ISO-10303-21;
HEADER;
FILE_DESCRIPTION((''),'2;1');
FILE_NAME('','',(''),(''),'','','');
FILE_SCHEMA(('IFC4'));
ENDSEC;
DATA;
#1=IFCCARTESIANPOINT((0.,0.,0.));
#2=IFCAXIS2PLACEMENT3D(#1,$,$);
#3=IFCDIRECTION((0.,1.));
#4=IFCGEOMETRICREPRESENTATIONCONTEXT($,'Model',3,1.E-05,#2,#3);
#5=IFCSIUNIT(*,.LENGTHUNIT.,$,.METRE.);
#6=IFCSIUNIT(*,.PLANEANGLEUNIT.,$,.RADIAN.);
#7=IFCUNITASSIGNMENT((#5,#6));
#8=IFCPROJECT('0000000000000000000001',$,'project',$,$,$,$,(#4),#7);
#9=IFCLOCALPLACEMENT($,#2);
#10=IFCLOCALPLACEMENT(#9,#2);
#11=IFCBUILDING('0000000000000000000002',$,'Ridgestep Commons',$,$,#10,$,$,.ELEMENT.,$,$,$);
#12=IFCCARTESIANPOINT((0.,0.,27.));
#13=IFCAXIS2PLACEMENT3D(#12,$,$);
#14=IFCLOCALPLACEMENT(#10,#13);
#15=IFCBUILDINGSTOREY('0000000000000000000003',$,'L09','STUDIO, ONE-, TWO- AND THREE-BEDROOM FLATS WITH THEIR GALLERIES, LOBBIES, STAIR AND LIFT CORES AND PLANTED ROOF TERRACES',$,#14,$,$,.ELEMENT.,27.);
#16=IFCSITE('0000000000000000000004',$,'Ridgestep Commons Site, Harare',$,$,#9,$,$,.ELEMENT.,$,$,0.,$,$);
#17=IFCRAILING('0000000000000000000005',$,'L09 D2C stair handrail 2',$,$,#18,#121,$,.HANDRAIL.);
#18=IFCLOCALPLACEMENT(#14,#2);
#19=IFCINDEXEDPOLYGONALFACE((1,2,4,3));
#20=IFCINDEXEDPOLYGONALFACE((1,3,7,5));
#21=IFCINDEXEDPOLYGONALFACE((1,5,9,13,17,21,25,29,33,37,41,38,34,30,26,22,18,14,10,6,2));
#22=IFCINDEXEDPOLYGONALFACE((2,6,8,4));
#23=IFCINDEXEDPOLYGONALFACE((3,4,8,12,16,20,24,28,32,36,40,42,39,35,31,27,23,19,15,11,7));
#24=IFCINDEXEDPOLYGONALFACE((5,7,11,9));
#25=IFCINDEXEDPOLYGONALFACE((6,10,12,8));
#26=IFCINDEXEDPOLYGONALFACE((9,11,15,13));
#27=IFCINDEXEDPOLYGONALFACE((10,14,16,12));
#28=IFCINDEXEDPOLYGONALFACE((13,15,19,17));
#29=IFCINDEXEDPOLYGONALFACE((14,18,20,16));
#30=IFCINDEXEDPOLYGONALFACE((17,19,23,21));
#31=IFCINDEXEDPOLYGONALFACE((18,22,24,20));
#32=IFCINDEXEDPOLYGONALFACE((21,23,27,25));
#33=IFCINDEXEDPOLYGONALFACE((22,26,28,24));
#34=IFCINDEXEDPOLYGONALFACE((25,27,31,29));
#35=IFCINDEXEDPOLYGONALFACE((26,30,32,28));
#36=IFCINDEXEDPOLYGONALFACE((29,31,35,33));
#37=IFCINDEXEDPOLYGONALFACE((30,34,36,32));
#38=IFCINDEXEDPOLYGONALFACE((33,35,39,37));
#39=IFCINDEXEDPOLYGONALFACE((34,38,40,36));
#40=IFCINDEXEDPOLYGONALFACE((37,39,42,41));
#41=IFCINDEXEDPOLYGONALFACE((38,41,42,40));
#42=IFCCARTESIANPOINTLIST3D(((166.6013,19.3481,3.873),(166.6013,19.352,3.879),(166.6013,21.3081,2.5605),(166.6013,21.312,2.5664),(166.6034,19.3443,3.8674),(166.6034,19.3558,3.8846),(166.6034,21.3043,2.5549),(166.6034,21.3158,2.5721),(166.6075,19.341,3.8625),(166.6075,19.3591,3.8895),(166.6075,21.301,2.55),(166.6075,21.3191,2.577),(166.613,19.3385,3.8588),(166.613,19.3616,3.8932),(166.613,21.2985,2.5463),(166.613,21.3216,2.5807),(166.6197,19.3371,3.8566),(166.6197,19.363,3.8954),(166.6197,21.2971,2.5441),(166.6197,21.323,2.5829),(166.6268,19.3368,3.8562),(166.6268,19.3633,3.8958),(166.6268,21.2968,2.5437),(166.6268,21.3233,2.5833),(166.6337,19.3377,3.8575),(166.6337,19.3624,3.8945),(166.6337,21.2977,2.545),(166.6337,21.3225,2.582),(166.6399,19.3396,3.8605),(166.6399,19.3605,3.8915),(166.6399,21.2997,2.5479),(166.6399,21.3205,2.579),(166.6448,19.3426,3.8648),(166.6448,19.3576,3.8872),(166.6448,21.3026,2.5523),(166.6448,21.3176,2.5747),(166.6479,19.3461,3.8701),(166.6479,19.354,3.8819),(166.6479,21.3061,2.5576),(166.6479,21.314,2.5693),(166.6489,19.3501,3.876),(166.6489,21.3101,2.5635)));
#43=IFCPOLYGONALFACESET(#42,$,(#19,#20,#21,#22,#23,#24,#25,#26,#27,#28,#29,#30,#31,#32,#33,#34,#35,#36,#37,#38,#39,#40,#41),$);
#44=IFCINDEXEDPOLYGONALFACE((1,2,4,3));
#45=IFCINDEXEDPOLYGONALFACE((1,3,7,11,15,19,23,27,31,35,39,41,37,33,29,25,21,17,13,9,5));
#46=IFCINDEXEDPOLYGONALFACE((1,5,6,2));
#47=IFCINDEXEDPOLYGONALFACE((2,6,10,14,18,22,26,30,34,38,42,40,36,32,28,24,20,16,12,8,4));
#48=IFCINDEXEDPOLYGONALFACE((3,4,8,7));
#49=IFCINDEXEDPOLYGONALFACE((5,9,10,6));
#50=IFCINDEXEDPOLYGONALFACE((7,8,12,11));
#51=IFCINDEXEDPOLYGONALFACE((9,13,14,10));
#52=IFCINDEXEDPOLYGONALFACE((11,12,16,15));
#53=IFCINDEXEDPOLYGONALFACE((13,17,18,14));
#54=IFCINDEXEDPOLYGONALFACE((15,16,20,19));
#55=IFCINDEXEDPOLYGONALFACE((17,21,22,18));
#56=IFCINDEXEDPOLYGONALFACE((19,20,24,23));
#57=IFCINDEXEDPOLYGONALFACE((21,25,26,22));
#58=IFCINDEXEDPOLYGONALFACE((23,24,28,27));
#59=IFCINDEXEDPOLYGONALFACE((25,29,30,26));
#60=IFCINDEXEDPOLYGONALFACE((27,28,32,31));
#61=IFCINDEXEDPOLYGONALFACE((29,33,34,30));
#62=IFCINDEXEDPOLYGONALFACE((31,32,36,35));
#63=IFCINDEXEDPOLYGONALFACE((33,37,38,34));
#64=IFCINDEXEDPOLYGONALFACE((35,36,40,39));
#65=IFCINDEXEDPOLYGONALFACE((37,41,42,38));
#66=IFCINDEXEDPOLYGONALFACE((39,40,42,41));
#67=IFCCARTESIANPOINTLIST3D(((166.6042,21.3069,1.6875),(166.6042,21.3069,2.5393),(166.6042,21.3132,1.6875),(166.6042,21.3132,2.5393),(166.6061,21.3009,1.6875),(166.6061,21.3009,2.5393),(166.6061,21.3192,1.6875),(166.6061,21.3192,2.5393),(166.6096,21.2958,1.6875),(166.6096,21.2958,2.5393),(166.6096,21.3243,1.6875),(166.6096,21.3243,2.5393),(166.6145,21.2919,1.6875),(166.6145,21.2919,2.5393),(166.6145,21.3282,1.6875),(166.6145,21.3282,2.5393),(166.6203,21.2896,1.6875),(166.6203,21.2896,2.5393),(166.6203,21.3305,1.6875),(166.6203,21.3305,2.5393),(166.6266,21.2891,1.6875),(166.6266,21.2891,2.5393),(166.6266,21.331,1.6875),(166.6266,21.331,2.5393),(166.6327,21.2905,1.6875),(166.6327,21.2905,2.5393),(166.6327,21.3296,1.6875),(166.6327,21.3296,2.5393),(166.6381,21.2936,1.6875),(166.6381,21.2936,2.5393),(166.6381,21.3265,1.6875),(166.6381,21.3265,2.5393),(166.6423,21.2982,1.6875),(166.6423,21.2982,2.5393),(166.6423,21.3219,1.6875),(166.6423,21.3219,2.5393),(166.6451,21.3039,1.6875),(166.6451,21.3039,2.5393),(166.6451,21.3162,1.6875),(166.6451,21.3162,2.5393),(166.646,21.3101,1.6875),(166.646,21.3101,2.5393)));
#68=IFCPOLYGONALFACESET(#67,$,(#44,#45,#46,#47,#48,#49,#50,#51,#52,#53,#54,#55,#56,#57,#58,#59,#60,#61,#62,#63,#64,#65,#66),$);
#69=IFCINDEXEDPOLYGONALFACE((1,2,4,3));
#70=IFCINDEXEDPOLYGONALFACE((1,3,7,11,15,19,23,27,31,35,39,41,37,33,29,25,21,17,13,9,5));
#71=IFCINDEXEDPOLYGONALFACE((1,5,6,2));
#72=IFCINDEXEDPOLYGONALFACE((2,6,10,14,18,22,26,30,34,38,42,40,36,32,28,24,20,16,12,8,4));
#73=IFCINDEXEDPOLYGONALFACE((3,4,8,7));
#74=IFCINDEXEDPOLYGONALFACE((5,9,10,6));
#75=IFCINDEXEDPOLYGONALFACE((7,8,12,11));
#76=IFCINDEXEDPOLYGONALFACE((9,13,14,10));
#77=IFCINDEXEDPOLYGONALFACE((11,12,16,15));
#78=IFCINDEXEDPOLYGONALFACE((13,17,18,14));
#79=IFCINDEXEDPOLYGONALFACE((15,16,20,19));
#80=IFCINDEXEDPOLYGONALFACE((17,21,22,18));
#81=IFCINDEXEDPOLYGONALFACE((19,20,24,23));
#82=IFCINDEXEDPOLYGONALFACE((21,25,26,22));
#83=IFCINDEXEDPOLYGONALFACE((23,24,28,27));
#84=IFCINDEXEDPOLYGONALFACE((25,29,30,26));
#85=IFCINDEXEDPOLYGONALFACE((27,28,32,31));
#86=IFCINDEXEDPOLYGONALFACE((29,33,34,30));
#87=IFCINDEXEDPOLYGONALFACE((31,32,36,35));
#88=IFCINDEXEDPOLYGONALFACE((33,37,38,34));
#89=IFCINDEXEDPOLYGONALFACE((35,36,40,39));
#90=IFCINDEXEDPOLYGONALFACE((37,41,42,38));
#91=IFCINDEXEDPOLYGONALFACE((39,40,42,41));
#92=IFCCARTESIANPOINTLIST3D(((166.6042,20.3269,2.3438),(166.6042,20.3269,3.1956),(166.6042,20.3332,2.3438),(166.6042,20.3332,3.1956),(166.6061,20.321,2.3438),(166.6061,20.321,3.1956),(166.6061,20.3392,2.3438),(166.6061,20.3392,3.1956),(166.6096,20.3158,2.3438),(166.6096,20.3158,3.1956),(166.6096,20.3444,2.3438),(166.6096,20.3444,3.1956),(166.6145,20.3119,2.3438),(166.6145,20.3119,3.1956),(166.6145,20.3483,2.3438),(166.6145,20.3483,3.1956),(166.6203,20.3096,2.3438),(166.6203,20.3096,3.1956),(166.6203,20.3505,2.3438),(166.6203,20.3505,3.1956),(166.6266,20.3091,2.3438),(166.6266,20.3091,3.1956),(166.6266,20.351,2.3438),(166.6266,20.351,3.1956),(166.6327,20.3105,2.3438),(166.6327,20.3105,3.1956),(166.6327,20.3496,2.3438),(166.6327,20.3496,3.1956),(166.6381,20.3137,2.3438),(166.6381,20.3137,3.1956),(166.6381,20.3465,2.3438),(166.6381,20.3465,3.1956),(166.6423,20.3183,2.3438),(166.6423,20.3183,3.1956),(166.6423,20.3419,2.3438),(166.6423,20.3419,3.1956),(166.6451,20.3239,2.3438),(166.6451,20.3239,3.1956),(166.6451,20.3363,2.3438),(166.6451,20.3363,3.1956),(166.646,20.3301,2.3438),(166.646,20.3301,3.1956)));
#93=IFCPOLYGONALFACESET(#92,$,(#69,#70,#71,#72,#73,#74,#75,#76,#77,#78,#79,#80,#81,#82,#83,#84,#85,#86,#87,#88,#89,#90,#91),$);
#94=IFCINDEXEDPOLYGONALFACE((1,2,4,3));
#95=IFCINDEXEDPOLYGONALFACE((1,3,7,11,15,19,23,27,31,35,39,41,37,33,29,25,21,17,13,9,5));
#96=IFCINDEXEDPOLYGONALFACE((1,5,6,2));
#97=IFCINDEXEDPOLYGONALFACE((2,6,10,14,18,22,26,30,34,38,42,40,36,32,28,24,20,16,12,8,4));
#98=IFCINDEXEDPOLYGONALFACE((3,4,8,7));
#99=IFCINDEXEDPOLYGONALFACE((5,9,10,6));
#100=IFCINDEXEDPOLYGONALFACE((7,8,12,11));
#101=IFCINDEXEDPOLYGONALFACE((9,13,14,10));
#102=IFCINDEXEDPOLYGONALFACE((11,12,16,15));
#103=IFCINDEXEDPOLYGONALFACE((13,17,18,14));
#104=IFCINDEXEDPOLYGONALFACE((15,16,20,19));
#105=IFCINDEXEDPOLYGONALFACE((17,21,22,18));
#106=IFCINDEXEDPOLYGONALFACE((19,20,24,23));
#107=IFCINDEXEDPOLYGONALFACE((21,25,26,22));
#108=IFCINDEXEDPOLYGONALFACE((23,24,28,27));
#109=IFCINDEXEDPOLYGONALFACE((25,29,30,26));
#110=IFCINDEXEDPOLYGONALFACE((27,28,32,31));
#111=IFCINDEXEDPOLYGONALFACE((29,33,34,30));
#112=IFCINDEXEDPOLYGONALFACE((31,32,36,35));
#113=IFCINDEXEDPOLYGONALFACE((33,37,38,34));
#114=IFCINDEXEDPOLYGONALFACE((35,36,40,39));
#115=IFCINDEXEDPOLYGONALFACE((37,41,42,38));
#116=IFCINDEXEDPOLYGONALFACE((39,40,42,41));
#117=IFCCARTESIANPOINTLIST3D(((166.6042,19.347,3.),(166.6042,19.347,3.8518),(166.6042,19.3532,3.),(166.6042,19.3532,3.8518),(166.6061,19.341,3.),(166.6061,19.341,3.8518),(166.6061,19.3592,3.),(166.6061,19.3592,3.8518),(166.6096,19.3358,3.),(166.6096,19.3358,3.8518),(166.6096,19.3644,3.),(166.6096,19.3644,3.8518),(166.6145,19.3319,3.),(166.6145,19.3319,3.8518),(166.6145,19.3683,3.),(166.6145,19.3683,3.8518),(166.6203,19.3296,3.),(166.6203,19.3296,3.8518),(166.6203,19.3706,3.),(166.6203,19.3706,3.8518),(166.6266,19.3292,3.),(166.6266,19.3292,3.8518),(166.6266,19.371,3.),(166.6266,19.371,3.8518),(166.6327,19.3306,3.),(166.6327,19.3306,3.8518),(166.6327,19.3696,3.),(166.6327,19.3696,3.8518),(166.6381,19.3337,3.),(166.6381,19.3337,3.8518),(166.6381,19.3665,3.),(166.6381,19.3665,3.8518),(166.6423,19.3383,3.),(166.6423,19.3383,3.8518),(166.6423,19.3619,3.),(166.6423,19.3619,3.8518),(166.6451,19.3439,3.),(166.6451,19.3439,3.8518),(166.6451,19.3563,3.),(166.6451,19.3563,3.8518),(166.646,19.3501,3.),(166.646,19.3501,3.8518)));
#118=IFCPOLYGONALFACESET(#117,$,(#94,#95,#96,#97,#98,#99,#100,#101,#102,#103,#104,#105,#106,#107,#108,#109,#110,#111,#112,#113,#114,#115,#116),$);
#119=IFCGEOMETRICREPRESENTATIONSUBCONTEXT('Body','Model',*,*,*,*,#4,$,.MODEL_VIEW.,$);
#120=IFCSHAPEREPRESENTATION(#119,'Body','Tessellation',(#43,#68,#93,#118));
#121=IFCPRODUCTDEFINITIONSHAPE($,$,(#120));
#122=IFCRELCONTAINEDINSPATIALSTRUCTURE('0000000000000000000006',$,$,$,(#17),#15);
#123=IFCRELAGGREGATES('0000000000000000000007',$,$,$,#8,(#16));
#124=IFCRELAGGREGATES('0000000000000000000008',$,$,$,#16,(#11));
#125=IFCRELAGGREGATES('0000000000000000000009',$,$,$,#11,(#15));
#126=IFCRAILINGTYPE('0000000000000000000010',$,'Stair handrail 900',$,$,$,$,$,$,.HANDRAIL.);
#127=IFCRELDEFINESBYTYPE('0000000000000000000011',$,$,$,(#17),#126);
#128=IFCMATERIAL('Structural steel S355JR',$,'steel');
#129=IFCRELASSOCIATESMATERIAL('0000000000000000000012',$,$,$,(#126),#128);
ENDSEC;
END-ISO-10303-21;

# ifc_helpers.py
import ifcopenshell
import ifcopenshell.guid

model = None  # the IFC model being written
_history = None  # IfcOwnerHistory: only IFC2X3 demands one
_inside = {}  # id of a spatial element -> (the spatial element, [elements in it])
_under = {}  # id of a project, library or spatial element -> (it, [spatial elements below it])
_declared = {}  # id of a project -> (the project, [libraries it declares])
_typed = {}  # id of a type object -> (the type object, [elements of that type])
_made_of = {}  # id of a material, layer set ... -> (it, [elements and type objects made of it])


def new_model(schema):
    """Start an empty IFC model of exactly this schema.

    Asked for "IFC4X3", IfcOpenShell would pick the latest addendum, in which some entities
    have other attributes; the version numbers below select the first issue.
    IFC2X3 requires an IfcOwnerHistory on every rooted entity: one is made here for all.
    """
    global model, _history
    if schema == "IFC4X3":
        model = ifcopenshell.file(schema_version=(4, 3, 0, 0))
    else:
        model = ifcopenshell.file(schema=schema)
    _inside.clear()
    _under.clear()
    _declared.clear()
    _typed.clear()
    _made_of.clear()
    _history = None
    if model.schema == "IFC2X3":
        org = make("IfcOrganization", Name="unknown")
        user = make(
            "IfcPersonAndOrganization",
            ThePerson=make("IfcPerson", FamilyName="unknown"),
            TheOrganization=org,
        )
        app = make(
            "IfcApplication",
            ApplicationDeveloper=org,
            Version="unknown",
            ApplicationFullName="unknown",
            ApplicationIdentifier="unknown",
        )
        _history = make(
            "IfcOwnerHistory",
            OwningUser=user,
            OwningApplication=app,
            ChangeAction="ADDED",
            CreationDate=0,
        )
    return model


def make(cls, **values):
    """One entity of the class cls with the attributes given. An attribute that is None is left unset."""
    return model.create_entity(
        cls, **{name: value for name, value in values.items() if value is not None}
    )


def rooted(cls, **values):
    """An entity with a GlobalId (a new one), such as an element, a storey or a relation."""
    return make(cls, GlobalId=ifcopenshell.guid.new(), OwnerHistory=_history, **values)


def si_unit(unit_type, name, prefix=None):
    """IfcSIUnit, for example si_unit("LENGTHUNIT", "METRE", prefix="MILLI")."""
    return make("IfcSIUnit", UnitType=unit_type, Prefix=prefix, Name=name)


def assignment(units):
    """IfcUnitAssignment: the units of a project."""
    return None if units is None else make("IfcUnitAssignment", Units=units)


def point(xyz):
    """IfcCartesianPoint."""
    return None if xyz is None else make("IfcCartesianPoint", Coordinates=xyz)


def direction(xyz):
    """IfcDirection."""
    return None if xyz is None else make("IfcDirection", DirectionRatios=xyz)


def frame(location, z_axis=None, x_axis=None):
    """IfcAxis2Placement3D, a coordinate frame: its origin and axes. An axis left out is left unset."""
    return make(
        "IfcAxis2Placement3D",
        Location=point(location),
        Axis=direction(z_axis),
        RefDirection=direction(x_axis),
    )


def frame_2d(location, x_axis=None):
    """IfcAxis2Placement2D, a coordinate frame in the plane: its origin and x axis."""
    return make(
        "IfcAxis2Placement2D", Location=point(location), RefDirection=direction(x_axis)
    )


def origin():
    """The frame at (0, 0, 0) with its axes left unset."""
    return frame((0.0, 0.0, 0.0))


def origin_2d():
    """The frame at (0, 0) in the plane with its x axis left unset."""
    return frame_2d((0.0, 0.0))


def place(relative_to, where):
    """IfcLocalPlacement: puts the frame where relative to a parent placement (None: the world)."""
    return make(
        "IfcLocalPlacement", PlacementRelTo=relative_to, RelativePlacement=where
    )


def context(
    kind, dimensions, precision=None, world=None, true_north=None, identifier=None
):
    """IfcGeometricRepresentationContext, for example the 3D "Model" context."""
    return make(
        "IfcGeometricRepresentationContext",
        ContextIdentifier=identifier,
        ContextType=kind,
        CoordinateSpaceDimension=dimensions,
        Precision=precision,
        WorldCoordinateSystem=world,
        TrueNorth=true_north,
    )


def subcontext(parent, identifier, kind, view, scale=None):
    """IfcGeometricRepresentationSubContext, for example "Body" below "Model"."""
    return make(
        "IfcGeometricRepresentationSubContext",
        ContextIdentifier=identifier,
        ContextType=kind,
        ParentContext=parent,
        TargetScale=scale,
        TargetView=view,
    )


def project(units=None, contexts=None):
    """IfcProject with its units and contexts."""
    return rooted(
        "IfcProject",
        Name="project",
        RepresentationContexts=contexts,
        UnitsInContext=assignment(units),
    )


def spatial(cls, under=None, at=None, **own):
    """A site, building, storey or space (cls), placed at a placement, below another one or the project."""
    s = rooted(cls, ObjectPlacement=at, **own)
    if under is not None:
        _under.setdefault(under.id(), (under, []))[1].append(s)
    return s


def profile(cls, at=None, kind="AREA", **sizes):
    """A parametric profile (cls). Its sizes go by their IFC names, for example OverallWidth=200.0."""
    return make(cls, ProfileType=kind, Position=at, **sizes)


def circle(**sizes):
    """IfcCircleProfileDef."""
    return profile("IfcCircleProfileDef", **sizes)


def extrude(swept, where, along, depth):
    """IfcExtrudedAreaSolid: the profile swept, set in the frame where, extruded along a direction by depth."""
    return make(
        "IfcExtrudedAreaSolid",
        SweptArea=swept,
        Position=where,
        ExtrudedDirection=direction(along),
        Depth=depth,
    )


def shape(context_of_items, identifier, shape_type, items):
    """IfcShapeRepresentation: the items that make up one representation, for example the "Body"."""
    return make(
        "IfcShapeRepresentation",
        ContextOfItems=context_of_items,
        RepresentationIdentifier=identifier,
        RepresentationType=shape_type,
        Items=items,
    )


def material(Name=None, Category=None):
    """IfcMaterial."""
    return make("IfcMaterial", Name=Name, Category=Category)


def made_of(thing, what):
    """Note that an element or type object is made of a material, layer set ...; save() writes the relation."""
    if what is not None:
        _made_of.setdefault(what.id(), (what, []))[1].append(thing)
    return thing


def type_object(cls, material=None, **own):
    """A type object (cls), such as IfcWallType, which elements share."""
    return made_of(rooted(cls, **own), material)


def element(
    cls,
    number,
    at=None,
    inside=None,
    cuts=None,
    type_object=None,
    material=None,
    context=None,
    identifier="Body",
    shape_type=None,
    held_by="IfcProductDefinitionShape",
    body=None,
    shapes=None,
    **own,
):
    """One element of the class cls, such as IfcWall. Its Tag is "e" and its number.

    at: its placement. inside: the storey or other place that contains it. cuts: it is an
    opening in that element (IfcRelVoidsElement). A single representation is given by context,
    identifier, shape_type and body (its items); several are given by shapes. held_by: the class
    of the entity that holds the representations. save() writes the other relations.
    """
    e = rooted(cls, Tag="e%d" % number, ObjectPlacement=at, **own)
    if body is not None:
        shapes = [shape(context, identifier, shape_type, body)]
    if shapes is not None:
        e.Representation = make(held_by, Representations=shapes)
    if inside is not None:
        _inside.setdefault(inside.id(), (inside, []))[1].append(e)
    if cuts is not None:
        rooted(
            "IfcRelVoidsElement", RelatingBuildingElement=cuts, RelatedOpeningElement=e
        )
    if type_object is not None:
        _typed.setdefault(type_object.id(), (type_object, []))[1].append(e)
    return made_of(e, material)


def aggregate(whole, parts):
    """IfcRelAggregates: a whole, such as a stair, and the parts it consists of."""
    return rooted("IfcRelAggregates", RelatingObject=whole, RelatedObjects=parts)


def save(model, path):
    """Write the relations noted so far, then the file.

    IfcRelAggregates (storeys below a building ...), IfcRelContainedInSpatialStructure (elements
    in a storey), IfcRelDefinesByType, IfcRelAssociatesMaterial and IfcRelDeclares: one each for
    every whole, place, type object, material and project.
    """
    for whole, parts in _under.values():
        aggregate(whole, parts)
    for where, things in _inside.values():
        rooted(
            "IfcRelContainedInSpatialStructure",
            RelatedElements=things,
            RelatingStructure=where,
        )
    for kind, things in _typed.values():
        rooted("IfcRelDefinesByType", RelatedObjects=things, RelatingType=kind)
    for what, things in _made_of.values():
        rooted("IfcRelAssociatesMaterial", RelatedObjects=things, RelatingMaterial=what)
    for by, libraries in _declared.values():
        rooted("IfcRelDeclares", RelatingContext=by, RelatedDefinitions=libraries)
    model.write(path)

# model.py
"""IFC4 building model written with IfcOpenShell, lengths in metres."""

from ifc_helpers import new_model, si_unit, direction, frame, origin, origin_2d, place, context, subcontext, project, spatial, circle, extrude, material, type_object, element, save


model = new_model("IFC4")

# Units and contexts
model_context = context("Model", 3, precision=1e-05, world=origin(), true_north=direction((0.0, 1.0)))
body_context = subcontext(model_context, "Body", "Model", "MODEL_VIEW")
ifc_project = project(units=[si_unit("LENGTHUNIT", "METRE"), si_unit("PLANEANGLEUNIT", "RADIAN")], contexts=[model_context])

# Site, building, storey
site_placement = place(None, origin())
site = spatial("IfcSite", under=ifc_project, at=site_placement, Name="Ridgestep Commons Site, Harare", CompositionType="ELEMENT", RefElevation=0.0)
building_placement = place(site_placement, origin())
building = spatial("IfcBuilding", under=site, at=building_placement, Name="Ridgestep Commons", CompositionType="ELEMENT")
storey_placement = place(building_placement, frame((0.0, 0.0, 27.0)))
storey = spatial("IfcBuildingStorey", under=building, at=storey_placement, Name="L09", Description="STUDIO, ONE-, TWO- AND THREE-BEDROOM FLATS WITH THEIR GALLERIES, LOBBIES, STAIR AND LIFT CORES AND PLANTED ROOF TERRACES", CompositionType="ELEMENT", Elevation=27.0)

# Railing
ifc_material_1 = material(Name="Structural steel S355JR", Category="steel")
railing_type_1 = type_object("IfcRailingType", Name="Stair handrail 900", PredefinedType="HANDRAIL", material=ifc_material_1)
railing_1_placement = place(storey_placement, frame((166.625, 21.3101, 1.6875)))
element("IfcRailing", 1, at=railing_1_placement, inside=storey, type_object=railing_type_1, Name="L09 D2C stair handrail 2", PredefinedType="HANDRAIL", context=body_context, shape_type="SweptSolid", body=[
    extrude(circle(Radius=0.0239, at=origin_2d()), frame((0.0, 0.0, 0.876), z_axis=(0.0, -0.830902, 0.556419), x_axis=(1.0, 0.0, 0.0)), (0.0, 0.0, 1.0), 2.3589),
    extrude(circle(Radius=0.021, at=origin_2d()), origin(), (0.0, 0.0, 1.0), 0.8518),
    extrude(circle(Radius=0.021, at=origin_2d()), frame((0.0, -0.98, 0.6562)), (0.0, 0.0, 1.0), 0.8518),
    extrude(circle(Radius=0.021, at=origin_2d()), frame((0.0, -1.96, 1.3125)), (0.0, 0.0, 1.0), 0.8518),
])

save(model, "model.ifc")
